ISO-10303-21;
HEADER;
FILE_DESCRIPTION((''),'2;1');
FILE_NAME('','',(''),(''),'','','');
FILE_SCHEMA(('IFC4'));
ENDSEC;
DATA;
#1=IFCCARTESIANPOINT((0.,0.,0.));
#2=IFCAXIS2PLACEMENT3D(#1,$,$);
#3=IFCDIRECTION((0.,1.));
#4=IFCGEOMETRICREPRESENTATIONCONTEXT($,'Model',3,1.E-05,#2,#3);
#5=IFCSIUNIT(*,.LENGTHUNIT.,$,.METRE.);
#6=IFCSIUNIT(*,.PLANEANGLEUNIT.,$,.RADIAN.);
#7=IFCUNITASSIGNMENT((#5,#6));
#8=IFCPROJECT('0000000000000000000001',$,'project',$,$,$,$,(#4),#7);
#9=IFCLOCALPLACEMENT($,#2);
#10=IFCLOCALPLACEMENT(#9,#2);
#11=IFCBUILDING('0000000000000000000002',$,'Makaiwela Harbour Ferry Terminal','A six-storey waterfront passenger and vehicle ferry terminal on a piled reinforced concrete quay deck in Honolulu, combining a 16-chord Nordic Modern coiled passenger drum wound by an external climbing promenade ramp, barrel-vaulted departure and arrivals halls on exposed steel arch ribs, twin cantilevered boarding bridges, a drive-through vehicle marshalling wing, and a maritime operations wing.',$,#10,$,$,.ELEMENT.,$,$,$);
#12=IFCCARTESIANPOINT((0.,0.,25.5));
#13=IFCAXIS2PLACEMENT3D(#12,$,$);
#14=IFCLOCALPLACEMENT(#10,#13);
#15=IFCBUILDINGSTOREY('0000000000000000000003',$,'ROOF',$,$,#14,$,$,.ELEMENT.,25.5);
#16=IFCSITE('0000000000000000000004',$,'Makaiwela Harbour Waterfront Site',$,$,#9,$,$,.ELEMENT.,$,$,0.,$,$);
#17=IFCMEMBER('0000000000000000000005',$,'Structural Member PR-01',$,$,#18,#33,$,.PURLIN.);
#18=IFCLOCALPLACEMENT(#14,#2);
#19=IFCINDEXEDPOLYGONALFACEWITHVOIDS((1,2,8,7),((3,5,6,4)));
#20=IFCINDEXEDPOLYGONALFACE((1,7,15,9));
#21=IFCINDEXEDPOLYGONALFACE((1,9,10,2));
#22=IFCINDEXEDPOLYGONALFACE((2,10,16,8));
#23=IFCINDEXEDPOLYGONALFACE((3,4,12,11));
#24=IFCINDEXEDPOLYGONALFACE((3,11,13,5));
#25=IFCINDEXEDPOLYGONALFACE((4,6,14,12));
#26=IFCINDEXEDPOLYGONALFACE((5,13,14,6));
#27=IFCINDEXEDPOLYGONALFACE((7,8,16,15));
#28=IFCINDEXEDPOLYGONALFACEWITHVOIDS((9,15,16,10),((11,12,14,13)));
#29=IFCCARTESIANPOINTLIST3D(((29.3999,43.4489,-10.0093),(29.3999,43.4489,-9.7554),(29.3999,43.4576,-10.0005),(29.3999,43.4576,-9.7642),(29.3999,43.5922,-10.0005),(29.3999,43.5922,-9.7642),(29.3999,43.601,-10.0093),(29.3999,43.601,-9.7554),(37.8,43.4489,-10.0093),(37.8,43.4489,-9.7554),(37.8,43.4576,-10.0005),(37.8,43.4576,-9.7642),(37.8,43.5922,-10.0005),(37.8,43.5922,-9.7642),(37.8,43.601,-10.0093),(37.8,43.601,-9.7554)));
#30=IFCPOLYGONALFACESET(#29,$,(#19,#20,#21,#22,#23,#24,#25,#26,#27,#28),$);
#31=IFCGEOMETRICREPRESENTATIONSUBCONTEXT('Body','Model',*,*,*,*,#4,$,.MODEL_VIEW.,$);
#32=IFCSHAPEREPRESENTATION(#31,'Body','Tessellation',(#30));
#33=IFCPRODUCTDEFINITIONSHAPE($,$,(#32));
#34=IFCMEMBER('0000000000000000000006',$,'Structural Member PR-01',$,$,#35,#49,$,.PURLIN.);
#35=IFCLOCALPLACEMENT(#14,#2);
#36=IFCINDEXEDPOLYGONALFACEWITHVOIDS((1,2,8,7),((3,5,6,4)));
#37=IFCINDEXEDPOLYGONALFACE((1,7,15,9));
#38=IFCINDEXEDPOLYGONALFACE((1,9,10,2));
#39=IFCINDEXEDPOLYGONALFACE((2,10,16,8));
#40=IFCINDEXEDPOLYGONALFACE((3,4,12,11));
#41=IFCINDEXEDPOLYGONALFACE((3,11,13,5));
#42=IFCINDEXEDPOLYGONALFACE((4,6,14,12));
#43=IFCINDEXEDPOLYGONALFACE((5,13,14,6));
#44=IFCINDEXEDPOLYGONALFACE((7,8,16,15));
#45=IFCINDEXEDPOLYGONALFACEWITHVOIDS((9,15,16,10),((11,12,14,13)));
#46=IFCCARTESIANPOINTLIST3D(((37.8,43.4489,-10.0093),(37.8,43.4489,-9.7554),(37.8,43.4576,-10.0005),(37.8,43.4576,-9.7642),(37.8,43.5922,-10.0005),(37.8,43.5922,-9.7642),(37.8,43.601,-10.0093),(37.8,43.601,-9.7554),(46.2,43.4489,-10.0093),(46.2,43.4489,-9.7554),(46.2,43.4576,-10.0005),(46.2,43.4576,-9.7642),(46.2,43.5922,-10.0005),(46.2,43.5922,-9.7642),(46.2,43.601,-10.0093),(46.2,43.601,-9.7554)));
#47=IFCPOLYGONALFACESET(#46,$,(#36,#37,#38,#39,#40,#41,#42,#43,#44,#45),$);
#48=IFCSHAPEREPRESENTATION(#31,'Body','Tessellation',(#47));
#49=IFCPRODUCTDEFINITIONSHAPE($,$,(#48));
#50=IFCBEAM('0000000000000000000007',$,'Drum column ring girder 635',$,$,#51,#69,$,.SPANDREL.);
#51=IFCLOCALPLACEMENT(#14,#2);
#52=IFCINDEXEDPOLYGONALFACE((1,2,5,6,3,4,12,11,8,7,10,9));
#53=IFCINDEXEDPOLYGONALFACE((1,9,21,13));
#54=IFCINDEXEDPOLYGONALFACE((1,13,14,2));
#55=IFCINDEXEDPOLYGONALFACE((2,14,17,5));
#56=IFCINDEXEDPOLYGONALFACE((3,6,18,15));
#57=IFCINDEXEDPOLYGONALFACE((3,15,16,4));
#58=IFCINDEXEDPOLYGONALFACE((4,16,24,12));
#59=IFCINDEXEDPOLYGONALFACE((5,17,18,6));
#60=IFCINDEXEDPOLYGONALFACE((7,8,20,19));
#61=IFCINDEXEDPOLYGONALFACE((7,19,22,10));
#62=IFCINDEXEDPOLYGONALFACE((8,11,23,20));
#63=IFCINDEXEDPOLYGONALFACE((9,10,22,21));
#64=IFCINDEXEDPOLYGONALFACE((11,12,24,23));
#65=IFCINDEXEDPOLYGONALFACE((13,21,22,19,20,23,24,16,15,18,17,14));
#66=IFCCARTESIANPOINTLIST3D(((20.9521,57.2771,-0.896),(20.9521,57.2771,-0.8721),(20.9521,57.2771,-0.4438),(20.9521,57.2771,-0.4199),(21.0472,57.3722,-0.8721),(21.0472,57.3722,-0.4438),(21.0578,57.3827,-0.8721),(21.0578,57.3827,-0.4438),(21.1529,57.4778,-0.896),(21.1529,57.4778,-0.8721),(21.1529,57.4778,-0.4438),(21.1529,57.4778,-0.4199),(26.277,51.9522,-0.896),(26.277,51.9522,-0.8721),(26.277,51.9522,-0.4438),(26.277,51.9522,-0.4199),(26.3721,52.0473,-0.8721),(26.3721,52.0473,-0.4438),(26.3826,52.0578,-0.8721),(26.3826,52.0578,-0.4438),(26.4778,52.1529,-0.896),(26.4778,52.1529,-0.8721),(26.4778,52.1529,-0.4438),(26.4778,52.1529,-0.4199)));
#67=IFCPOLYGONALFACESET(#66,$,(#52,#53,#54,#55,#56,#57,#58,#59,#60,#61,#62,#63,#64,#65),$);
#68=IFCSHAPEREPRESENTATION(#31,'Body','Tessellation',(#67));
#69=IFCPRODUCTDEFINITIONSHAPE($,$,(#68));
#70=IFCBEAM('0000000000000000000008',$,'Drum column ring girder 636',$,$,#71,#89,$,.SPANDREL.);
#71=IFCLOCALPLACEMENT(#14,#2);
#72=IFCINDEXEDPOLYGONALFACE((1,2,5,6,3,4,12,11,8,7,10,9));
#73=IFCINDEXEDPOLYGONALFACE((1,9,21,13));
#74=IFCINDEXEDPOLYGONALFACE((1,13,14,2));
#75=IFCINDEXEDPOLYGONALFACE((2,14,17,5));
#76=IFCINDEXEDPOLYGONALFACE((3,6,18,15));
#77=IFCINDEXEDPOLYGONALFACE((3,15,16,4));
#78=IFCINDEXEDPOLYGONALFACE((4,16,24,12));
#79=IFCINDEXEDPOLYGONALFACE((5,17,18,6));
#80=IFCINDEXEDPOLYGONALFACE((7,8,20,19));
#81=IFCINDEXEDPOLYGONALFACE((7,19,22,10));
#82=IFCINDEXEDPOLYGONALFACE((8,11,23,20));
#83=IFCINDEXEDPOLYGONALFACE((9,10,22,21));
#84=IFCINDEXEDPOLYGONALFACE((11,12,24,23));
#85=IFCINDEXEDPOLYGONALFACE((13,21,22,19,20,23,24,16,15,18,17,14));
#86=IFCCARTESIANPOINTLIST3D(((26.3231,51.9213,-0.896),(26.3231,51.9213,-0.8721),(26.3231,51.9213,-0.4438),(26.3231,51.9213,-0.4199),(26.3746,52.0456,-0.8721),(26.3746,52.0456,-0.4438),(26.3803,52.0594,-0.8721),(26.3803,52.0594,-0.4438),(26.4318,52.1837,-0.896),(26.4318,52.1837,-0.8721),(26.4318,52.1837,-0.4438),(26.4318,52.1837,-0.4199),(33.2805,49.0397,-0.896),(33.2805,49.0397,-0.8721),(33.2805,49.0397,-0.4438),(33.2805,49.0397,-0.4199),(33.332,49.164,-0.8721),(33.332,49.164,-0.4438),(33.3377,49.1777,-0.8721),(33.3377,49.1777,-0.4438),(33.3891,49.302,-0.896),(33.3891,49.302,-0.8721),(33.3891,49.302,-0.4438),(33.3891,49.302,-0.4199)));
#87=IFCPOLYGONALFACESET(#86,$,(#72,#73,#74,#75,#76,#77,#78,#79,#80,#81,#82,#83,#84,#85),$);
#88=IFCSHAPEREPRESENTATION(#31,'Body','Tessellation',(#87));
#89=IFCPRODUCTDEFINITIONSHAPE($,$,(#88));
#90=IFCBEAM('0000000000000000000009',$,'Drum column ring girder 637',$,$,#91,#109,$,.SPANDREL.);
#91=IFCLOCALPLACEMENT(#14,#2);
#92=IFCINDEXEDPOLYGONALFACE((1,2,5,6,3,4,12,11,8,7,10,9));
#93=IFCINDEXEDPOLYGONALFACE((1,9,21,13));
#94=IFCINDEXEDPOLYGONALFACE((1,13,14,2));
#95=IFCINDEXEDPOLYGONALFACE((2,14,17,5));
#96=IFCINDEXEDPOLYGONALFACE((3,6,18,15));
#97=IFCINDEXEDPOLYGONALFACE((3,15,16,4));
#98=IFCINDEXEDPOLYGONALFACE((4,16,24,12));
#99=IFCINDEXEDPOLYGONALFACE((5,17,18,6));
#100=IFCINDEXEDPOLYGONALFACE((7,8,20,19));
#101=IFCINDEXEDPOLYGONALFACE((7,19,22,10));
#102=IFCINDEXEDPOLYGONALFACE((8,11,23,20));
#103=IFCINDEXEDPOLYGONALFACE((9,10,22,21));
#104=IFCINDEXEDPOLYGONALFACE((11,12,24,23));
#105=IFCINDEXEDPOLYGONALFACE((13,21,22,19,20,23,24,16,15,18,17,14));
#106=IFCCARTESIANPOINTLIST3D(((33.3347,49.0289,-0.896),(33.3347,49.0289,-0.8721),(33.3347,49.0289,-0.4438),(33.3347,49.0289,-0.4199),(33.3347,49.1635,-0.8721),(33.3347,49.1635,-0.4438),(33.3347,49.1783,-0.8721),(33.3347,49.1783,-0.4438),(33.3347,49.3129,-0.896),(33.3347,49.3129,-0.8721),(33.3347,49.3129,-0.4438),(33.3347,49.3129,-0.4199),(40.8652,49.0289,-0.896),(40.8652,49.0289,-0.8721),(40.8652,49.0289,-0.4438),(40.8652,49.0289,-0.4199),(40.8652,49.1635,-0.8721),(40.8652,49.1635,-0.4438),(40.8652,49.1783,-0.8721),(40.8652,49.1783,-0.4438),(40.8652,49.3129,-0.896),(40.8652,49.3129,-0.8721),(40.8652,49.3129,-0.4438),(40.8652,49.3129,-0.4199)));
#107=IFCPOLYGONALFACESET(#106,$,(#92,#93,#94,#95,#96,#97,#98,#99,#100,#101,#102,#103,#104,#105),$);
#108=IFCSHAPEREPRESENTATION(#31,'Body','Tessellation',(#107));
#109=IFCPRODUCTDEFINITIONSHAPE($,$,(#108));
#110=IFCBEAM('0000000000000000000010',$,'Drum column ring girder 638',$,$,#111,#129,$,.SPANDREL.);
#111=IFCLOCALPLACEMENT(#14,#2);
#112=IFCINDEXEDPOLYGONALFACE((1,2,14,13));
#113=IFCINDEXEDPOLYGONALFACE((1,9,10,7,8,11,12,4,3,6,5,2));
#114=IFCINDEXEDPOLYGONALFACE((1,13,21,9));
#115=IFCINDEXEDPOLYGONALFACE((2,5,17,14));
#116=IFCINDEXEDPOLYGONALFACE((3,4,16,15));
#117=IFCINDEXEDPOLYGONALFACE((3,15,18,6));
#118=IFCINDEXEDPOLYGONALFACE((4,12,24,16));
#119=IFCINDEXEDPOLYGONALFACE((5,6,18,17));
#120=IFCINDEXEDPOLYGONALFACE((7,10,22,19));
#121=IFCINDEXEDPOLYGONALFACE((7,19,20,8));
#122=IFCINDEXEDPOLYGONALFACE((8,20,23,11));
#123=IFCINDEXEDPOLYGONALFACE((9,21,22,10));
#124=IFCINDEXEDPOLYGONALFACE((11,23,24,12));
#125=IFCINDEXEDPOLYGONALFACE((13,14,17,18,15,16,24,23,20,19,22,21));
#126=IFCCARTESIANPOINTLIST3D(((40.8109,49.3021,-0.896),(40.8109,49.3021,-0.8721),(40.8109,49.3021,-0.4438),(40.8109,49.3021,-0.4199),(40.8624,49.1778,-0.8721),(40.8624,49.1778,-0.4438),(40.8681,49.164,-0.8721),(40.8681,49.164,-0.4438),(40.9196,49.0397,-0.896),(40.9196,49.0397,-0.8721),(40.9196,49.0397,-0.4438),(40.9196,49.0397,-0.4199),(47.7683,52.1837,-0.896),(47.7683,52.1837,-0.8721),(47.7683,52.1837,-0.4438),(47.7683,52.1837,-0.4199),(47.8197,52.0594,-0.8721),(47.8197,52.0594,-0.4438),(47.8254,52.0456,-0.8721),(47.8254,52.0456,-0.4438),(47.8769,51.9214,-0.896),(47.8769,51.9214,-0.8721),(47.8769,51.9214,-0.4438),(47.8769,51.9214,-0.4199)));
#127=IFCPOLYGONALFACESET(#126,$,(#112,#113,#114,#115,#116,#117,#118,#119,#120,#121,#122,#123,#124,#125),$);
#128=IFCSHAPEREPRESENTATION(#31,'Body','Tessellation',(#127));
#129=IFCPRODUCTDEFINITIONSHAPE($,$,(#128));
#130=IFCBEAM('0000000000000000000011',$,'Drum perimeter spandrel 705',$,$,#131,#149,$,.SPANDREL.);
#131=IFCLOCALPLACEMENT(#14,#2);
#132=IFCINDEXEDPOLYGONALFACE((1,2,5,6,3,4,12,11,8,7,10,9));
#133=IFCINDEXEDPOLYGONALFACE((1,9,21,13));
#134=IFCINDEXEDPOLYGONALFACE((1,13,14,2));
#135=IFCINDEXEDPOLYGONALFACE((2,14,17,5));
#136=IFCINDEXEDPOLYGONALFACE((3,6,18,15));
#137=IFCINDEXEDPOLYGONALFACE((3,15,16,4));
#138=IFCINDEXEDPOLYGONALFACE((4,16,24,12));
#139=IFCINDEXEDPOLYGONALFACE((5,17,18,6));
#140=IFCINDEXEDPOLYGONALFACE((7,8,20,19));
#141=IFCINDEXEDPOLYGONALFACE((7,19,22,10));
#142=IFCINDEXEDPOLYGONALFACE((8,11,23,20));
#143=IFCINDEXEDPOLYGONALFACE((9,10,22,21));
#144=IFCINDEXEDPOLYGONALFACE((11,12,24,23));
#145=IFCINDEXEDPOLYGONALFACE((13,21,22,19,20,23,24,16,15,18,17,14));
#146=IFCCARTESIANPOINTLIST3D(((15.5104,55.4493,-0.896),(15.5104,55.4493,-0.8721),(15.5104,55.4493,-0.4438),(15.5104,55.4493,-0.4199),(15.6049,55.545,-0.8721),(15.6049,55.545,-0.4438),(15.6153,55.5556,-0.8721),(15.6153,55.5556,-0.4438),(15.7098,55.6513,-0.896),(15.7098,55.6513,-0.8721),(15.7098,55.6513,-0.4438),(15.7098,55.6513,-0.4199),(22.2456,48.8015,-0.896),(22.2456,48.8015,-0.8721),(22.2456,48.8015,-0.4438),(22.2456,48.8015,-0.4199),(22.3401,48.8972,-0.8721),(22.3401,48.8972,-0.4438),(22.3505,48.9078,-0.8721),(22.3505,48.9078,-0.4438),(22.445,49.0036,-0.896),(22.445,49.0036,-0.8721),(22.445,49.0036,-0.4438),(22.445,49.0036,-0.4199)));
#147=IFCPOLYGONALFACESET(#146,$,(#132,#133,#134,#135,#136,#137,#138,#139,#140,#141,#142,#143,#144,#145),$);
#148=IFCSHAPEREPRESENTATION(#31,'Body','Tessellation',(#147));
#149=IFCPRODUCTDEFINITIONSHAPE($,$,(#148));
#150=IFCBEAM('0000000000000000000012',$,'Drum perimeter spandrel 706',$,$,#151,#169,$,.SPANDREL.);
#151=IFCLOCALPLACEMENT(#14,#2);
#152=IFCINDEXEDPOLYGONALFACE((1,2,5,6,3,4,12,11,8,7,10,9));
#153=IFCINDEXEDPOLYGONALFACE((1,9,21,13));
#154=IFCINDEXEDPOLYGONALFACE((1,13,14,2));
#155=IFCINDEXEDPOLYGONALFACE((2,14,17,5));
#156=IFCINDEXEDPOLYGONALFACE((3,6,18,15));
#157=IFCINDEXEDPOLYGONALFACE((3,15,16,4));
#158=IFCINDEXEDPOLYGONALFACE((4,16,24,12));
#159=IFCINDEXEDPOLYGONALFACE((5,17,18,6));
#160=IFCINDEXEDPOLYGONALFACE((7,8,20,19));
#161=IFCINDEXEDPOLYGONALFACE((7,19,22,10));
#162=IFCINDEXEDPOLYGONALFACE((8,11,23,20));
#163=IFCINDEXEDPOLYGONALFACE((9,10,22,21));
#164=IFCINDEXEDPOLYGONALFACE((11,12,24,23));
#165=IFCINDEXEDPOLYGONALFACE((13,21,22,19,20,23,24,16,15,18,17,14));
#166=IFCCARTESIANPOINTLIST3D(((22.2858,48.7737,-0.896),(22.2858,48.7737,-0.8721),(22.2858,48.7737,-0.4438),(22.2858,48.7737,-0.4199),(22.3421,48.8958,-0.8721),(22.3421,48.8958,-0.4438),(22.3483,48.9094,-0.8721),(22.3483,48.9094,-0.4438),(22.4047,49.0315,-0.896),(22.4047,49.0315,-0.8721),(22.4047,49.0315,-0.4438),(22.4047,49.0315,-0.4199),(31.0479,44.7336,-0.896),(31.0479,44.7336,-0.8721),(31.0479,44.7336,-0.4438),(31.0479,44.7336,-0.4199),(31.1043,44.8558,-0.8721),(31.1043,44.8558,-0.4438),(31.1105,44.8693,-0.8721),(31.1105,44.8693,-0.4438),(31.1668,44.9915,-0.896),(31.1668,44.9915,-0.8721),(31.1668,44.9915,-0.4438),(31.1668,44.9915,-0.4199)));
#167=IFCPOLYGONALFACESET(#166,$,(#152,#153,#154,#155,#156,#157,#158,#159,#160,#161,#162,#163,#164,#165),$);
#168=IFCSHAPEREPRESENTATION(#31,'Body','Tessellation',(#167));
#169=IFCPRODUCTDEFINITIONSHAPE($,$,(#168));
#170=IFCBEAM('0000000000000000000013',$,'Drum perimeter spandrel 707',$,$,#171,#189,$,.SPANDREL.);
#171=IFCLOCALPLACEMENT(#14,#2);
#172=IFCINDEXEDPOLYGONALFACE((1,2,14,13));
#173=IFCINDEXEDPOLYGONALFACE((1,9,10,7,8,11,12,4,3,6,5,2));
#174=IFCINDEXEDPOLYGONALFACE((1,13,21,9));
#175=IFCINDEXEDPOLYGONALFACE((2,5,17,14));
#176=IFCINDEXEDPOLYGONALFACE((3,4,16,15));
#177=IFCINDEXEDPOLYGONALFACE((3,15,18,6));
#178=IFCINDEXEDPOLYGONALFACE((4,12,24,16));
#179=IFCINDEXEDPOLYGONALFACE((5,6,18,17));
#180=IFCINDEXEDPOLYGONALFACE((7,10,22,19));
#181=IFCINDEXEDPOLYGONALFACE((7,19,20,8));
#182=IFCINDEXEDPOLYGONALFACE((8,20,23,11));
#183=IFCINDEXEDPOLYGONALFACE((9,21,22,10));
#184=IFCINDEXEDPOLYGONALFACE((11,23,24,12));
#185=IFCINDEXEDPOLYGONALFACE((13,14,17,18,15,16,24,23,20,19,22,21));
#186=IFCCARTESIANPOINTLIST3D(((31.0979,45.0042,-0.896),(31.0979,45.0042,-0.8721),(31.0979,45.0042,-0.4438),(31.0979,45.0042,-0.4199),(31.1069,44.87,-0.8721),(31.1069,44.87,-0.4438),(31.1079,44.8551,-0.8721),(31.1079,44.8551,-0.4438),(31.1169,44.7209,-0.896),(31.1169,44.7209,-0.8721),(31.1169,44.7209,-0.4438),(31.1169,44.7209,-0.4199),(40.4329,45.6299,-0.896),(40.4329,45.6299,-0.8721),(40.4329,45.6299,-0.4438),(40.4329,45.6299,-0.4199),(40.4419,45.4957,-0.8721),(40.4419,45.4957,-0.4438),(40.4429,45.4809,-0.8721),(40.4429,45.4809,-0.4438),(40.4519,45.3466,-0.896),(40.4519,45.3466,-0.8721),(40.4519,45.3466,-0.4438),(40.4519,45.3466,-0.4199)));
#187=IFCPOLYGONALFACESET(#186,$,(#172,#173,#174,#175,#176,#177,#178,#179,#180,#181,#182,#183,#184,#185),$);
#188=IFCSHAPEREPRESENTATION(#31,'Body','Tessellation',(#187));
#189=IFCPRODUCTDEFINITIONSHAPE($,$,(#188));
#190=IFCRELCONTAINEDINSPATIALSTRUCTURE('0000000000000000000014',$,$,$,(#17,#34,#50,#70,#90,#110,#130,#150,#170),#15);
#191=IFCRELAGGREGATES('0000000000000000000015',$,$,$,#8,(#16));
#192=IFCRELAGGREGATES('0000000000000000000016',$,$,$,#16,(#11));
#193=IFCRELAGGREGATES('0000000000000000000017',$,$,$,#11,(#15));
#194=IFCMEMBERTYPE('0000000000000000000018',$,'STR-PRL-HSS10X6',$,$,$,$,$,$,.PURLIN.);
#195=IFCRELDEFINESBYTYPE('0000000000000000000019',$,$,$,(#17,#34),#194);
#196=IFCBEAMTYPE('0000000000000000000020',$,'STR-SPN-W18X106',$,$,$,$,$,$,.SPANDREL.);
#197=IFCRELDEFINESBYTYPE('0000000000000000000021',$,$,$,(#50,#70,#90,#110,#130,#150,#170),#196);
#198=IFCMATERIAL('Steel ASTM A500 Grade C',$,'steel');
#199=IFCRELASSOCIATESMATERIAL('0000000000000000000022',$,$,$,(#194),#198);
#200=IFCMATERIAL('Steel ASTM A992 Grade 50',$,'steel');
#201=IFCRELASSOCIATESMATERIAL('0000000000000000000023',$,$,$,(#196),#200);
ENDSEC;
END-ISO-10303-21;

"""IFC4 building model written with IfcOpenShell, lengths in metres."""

from ifc_helpers import new_model, si_unit, direction, frame, origin, origin_2d, place, context, subcontext, project, spatial, hollow_rectangle, i_section, extrude, material, material_profile, profile_set, type_object, element, save


model = new_model("IFC4")

# Units and contexts
model_context = context("Model", 3, precision=1e-05, world=origin(), true_north=direction((0.0, 1.0)))
body_context = subcontext(model_context, "Body", "Model", "MODEL_VIEW")
ifc_project = project(units=[si_unit("LENGTHUNIT", "METRE"), si_unit("PLANEANGLEUNIT", "RADIAN")], contexts=[model_context])

# Site, building, storey
site_placement = place(None, origin())
site = spatial("IfcSite", under=ifc_project, at=site_placement, Name="Makaiwela Harbour Waterfront Site", CompositionType="ELEMENT", RefElevation=0.0)
building_placement = place(site_placement, origin())
building = spatial("IfcBuilding", under=site, at=building_placement, Name="Makaiwela Harbour Ferry Terminal", Description="A six-storey waterfront passenger and vehicle ferry terminal on a piled reinforced concrete quay deck in Honolulu, combining a 16-chord Nordic Modern coiled passenger drum wound by an external climbing promenade ramp, barrel-vaulted departure and arrivals halls on exposed steel arch ribs, twin cantilevered boarding bridges, a drive-through vehicle marshalling wing, and a maritime operations wing.", CompositionType="ELEMENT")
storey_placement = place(building_placement, frame((0.0, 0.0, 25.5)))
storey = spatial("IfcBuildingStorey", under=building, at=storey_placement, Name="ROOF", CompositionType="ELEMENT", Elevation=25.5)

# Shared definitions
ifc_material_1 = material(Name="Steel ASTM A992 Grade 50", Category="steel")

# Members
ifc_material_2 = material(Name="Steel ASTM A500 Grade C", Category="steel")
ifc_material_profile_1 = material_profile(ifc_material_2, hollow_rectangle(XDim=0.1521, YDim=0.2539, WallThickness=0.0088, at=origin_2d()), Name="HSS10X6X3/8")
ifc_profile_set_1 = profile_set([ifc_material_profile_1], Name="Steel ASTM A500 Grade C")
member_type = type_object("IfcMemberType", Name="STR-PRL-HSS10X6", PredefinedType="PURLIN", material=ifc_profile_set_1)
member_1_placement = place(storey_placement, frame((29.3999, 43.5249, -9.8823), z_axis=(1.0, 0.0, 0.0), x_axis=(0.0, 1.0, 0.0)))
element("IfcMember", 1, at=member_1_placement, inside=storey, type_object=member_type, Name="Structural Member PR-01", PredefinedType="PURLIN", context=body_context, shape_type="SweptSolid", body=[
    extrude(hollow_rectangle(XDim=0.1521, YDim=0.2539, WallThickness=0.0088, at=origin_2d()), origin(), (0.0, 0.0, 1.0), 8.4001),
])
member_2_placement = place(storey_placement, frame((37.8, 43.5249, -9.8823), z_axis=(1.0, 0.0, 0.0), x_axis=(0.0, 1.0, 0.0)))
element("IfcMember", 2, at=member_2_placement, inside=storey, type_object=member_type, Name="Structural Member PR-01", PredefinedType="PURLIN", context=body_context, shape_type="SweptSolid", body=[
    extrude(hollow_rectangle(XDim=0.1521, YDim=0.2539, WallThickness=0.0088, at=origin_2d()), origin(), (0.0, 0.0, 1.0), 8.3999),
])

# Beams
ifc_material_profile_2 = material_profile(ifc_material_1, i_section(OverallWidth=0.2839, OverallDepth=0.4761, WebThickness=0.0149, FlangeThickness=0.0239, at=origin_2d()), Name="W18X106")
ifc_profile_set_2 = profile_set([ifc_material_profile_2], Name="Steel ASTM A992 Grade 50")
beam_type_1 = type_object("IfcBeamType", Name="STR-SPN-W18X106", PredefinedType="SPANDREL", material=ifc_profile_set_2)
for number, where, z_axis, x_axis, name in (
    (3, (21.0525, 57.3774, -0.658), (0.707107, -0.707107, 0.0), (0.707107, 0.707107, 0.0), "Drum column ring girder 635"),
    (4, (26.3774, 52.0525, -0.658), (0.923889, -0.38266, 0.0), (0.38266, 0.923889, 0.0), "Drum column ring girder 636"),
    (5, (33.3347, 49.1709, -0.658), (1.0, 0.0, 0.0), (0.0, 1.0, 0.0), "Drum column ring girder 637"),
    (6, (40.8652, 49.1709, -0.658), (0.923889, 0.38266, 0.0), (-0.38266, 0.923889, 0.0), "Drum column ring girder 638"),
):
    element("IfcBeam", number, at=place(storey_placement, frame(where, z_axis=z_axis, x_axis=x_axis)), inside=storey, type_object=beam_type_1, Name=name, PredefinedType="SPANDREL", context=body_context, shape_type="SweptSolid", body=[
        extrude(i_section(OverallWidth=0.2839, OverallDepth=0.4761, WebThickness=0.0149, FlangeThickness=0.0239, at=origin_2d()), origin(), (0.0, 0.0, 1.0), 7.5305),
    ])
beam_1_placement = place(storey_placement, frame((15.6101, 55.5503, -0.658), z_axis=(0.71171, -0.702474, 0.0), x_axis=(0.702474, 0.71171, 0.0)))
element("IfcBeam", 7, at=beam_1_placement, inside=storey, type_object=beam_type_1, Name="Drum perimeter spandrel 705", PredefinedType="SPANDREL", context=body_context, shape_type="SweptSolid", body=[
    extrude(i_section(OverallWidth=0.2839, OverallDepth=0.4761, WebThickness=0.0149, FlangeThickness=0.0239, at=origin_2d()), origin(), (0.0, 0.0, 1.0), 9.4634),
])
beam_2_placement = place(storey_placement, frame((22.3452, 48.9026, -0.658), z_axis=(0.908119, -0.418712, 0.0), x_axis=(0.418712, 0.908119, 0.0)))
element("IfcBeam", 8, at=beam_2_placement, inside=storey, type_object=beam_type_1, Name="Drum perimeter spandrel 706", PredefinedType="SPANDREL", context=body_context, shape_type="SweptSolid", body=[
    extrude(i_section(OverallWidth=0.2839, OverallDepth=0.4761, WebThickness=0.0149, FlangeThickness=0.0239, at=origin_2d()), origin(), (0.0, 0.0, 1.0), 9.6487),
])
beam_3_placement = place(storey_placement, frame((31.1074, 44.8625, -0.658), z_axis=(0.997761, 0.066881, 0.0), x_axis=(-0.066881, 0.997761, 0.0)))
element("IfcBeam", 9, at=beam_3_placement, inside=storey, type_object=beam_type_1, Name="Drum perimeter spandrel 707", PredefinedType="SPANDREL", context=body_context, shape_type="SweptSolid", body=[
    extrude(i_section(OverallWidth=0.2839, OverallDepth=0.4761, WebThickness=0.0149, FlangeThickness=0.0239, at=origin_2d()), origin(), (0.0, 0.0, 1.0), 9.356),
])

save(model, "model.ifc")
